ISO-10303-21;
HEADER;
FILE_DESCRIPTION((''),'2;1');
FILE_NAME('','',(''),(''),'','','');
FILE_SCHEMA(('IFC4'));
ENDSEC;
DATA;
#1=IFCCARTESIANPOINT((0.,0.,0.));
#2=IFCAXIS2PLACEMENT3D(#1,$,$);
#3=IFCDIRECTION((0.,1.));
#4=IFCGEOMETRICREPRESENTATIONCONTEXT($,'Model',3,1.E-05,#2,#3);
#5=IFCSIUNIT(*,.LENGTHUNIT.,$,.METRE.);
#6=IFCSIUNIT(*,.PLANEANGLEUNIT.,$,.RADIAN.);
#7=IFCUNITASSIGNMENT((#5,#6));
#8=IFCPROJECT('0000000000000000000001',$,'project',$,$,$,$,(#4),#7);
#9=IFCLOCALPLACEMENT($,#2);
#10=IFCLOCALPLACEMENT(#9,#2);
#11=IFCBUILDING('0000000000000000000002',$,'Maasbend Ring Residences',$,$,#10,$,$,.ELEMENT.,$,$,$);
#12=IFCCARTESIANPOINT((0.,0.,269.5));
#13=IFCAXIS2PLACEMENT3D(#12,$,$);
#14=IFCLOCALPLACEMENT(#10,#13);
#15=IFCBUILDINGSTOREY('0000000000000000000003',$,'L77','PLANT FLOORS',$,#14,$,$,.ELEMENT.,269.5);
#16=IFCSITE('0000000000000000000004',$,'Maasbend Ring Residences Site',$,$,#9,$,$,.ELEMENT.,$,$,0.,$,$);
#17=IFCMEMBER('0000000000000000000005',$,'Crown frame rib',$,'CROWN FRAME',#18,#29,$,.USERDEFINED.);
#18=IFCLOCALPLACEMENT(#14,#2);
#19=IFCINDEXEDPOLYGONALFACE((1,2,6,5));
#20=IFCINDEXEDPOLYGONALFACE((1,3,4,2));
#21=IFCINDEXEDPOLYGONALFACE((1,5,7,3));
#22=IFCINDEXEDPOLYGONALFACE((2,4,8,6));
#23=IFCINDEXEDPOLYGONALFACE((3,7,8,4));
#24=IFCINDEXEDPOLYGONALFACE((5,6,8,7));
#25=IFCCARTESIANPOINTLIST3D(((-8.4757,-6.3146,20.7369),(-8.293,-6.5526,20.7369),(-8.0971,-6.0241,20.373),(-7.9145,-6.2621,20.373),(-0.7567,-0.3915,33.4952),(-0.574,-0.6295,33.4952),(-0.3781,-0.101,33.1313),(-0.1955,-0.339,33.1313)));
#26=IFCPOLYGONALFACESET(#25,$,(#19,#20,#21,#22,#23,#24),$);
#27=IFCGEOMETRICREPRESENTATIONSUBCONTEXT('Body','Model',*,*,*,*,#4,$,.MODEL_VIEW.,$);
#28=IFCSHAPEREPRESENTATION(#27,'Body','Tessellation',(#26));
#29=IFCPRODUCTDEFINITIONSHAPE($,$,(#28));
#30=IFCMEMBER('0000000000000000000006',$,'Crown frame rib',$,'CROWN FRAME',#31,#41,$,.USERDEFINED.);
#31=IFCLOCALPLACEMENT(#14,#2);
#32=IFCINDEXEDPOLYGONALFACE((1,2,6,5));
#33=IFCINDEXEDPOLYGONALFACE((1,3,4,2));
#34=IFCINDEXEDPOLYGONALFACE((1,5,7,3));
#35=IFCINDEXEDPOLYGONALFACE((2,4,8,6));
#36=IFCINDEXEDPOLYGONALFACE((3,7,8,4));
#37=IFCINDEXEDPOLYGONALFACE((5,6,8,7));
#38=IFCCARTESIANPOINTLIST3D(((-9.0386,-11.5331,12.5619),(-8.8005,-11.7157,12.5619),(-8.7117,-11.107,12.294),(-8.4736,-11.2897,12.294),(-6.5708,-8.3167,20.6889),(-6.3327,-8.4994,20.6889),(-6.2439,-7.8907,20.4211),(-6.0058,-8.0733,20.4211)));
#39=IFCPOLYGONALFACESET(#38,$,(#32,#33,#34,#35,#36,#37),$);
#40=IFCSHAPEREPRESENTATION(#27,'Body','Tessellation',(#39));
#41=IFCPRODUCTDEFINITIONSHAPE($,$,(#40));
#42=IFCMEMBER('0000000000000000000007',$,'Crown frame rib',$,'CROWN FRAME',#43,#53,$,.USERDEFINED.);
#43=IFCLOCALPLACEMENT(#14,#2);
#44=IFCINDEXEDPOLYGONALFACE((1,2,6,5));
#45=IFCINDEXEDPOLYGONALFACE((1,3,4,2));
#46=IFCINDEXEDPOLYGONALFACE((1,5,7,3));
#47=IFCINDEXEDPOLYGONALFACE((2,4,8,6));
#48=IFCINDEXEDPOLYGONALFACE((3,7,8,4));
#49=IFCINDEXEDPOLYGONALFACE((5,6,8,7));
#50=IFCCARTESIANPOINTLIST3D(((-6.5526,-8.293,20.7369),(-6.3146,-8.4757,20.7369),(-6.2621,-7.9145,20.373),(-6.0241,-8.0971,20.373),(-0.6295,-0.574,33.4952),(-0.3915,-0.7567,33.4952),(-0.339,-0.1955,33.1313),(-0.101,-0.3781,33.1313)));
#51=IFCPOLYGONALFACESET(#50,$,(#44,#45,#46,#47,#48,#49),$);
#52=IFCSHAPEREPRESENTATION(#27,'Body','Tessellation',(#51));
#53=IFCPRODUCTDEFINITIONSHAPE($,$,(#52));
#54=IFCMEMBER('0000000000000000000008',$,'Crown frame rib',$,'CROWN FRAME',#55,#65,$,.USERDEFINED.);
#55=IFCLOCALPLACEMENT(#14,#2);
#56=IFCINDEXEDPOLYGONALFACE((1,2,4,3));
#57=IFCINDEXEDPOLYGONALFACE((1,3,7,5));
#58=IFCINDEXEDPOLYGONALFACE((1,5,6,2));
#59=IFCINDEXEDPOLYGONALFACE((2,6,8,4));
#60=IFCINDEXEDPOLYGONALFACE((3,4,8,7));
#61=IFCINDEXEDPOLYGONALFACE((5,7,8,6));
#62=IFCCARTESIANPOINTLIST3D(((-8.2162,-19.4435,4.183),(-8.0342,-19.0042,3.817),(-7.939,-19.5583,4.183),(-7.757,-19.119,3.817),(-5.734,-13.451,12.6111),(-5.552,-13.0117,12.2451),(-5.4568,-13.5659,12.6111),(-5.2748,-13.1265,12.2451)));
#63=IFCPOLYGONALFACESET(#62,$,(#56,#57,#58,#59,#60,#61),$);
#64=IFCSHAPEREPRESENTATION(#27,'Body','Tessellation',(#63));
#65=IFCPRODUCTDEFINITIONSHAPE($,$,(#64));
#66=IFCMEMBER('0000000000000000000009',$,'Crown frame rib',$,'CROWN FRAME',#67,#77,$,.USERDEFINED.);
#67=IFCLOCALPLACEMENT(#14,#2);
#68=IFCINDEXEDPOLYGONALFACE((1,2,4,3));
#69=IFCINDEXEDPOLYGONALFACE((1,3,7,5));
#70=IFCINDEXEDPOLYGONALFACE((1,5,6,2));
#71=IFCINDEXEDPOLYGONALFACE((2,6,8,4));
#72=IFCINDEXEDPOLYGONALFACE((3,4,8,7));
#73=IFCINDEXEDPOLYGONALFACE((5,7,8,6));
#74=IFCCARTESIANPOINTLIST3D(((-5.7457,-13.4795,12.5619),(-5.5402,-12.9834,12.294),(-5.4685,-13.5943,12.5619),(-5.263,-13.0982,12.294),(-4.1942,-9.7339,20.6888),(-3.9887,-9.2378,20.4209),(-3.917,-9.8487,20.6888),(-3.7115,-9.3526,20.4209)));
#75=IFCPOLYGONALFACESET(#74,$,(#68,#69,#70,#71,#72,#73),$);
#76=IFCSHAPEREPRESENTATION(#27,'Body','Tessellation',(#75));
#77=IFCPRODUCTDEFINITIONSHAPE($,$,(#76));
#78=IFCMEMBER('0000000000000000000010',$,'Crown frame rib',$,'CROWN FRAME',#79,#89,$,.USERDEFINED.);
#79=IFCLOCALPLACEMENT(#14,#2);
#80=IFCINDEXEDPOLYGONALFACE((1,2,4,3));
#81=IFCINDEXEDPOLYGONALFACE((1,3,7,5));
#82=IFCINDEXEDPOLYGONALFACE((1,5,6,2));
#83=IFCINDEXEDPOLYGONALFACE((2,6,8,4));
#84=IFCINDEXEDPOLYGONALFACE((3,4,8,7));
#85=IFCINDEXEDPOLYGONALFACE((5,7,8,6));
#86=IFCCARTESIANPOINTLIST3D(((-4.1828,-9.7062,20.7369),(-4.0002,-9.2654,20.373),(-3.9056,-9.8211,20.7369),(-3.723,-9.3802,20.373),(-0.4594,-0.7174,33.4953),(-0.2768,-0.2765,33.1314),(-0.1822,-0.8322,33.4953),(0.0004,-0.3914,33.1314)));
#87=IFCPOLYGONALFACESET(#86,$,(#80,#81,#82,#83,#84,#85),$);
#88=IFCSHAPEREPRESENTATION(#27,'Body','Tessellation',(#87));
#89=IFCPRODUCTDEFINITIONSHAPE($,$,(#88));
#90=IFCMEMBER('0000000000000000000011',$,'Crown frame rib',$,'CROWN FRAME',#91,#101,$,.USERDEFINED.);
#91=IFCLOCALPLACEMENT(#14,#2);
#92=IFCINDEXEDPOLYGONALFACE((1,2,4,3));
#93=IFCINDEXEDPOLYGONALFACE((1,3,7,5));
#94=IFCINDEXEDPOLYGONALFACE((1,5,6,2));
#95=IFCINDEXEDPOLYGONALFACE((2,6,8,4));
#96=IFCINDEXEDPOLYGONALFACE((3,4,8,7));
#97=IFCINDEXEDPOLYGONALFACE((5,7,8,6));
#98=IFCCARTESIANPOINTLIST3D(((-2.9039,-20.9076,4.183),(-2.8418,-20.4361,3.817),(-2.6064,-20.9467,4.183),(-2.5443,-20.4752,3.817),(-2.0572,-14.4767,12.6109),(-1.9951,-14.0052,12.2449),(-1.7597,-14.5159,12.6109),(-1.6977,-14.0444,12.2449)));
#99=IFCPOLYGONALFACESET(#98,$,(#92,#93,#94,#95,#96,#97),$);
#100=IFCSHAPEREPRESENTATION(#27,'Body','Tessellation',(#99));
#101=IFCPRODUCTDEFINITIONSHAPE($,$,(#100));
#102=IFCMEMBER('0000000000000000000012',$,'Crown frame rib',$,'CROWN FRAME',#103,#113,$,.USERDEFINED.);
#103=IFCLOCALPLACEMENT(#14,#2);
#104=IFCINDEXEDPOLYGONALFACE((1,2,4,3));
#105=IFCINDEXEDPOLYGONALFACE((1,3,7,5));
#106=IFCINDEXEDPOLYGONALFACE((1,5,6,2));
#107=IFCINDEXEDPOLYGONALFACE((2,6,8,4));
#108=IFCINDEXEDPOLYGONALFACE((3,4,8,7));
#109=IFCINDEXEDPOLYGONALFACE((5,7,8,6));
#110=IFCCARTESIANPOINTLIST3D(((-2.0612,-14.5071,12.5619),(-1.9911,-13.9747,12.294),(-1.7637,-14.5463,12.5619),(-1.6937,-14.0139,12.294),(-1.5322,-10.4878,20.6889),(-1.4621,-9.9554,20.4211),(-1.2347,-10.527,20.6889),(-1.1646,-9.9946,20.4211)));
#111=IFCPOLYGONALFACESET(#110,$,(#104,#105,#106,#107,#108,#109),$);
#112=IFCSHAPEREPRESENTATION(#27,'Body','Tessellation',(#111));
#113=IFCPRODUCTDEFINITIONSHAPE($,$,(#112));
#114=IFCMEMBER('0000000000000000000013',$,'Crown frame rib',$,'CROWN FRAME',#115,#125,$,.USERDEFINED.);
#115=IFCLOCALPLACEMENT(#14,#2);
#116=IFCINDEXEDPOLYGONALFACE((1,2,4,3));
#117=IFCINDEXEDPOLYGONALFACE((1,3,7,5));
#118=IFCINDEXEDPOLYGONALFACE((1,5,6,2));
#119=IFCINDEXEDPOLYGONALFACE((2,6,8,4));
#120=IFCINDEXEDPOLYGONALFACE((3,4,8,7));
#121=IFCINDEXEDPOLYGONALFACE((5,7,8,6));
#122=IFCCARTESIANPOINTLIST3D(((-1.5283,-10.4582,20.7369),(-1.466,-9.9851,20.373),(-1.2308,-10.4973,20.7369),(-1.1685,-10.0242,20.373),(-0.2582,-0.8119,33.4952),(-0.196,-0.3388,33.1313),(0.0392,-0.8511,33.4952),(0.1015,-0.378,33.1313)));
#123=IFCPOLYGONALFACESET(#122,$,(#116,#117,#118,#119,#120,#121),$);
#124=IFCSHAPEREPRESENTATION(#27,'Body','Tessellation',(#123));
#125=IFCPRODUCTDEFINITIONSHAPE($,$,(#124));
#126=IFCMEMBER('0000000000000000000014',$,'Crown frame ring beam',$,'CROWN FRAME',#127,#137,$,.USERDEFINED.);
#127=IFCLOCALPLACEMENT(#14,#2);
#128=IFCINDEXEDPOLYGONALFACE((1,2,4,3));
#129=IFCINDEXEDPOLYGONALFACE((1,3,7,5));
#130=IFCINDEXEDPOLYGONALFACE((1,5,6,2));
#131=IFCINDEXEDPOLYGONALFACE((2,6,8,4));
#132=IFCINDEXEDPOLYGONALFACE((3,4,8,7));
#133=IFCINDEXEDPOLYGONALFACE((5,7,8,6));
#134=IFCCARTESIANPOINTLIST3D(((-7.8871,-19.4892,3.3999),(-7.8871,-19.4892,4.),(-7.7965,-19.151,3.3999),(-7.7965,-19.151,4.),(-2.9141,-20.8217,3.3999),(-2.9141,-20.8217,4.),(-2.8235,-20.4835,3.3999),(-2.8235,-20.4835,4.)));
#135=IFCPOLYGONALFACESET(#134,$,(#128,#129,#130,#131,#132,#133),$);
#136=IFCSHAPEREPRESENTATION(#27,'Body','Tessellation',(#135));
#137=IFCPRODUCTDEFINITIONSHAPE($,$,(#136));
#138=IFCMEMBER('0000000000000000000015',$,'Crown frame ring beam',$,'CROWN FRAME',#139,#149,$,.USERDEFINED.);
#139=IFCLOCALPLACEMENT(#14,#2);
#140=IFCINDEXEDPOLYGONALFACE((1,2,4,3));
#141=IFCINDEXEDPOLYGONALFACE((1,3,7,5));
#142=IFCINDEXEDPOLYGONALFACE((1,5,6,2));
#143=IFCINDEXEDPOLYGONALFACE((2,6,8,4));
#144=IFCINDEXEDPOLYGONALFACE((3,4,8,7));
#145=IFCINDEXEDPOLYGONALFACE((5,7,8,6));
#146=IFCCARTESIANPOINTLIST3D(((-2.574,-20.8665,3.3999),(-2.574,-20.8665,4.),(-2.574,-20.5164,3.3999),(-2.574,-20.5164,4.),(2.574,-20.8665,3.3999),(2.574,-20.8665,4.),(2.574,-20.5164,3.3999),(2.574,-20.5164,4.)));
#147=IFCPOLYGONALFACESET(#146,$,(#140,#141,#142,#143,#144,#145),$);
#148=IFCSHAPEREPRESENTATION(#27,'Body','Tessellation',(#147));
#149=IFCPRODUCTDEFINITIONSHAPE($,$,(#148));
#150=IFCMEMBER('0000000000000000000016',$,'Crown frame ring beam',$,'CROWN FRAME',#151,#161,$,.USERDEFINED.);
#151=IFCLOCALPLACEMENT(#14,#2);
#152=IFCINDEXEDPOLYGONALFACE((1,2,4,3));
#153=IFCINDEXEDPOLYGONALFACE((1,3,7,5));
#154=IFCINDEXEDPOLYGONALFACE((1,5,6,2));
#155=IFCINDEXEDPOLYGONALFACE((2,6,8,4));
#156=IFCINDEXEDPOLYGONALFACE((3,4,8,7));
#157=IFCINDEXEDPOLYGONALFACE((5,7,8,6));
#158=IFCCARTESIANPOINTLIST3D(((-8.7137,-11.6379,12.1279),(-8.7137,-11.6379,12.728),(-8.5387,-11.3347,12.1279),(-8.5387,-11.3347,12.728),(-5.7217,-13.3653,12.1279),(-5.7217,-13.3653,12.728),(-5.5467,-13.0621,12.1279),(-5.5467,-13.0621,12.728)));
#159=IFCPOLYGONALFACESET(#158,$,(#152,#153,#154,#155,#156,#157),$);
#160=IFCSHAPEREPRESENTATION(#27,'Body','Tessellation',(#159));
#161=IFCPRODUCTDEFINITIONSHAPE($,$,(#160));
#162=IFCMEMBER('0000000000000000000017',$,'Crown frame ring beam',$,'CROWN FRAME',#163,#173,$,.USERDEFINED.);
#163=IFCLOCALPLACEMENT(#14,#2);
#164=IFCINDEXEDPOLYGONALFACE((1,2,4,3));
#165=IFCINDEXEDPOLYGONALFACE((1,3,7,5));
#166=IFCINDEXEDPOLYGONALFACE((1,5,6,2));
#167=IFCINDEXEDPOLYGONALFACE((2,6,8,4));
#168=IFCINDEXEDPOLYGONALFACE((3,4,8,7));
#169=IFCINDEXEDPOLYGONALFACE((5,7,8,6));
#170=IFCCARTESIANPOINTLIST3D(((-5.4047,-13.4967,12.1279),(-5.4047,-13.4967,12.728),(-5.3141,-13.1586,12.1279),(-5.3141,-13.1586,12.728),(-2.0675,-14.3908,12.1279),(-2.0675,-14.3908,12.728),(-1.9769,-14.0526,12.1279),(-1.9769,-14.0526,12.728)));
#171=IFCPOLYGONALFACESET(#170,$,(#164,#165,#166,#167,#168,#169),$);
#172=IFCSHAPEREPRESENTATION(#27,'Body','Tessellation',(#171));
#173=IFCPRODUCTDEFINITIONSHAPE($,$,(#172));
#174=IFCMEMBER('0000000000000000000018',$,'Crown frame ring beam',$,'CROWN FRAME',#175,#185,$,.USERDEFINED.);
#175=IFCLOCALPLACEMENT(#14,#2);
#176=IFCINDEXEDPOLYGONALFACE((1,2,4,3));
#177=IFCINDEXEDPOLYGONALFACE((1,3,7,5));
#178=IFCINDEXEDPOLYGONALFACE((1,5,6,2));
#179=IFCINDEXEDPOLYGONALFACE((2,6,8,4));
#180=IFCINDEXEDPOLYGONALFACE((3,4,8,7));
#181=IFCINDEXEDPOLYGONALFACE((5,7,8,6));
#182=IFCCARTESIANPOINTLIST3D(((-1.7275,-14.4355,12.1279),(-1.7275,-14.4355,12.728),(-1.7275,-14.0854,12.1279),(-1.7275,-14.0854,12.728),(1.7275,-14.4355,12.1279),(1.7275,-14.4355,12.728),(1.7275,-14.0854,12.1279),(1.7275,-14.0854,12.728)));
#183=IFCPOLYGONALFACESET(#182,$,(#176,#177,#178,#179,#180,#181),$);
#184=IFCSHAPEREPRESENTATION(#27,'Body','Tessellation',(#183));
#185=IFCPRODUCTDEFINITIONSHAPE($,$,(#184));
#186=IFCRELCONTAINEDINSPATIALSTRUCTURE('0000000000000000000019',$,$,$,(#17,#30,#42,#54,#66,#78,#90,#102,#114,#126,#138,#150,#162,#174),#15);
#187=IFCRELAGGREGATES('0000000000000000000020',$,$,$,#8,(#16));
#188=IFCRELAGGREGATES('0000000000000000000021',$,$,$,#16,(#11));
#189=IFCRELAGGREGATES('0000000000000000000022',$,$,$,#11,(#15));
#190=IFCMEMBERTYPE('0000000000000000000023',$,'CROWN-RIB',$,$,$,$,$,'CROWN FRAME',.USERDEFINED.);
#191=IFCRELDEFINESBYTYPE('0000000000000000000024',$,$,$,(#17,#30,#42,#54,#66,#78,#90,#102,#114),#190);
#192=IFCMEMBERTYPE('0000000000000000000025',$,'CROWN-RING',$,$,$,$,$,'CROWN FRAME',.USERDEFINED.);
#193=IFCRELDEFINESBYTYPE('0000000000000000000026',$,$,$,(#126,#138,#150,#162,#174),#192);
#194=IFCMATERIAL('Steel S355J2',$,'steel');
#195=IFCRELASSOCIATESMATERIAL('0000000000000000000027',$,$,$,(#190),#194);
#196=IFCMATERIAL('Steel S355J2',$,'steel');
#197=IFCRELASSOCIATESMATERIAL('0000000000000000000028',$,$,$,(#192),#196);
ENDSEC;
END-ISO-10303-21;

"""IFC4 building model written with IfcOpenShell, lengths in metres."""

from ifc_helpers import new_model, si_unit, direction, frame, origin, origin_2d, place, context, subcontext, project, spatial, rectangle, extrude, material, material_profile, profile_set, type_object, element, save


model = new_model("IFC4")

# Units and contexts
model_context = context("Model", 3, precision=1e-05, world=origin(), true_north=direction((0.0, 1.0)))
body_context = subcontext(model_context, "Body", "Model", "MODEL_VIEW")
ifc_project = project(units=[si_unit("LENGTHUNIT", "METRE"), si_unit("PLANEANGLEUNIT", "RADIAN")], contexts=[model_context])

# Site, building, storey
site_placement = place(None, origin())
site = spatial("IfcSite", under=ifc_project, at=site_placement, Name="Maasbend Ring Residences Site", CompositionType="ELEMENT", RefElevation=0.0)
building_placement = place(site_placement, origin())
building = spatial("IfcBuilding", under=site, at=building_placement, Name="Maasbend Ring Residences", CompositionType="ELEMENT")
storey_placement = place(building_placement, frame((0.0, 0.0, 269.5)))
storey = spatial("IfcBuildingStorey", under=building, at=storey_placement, Name="L77", Description="PLANT FLOORS", CompositionType="ELEMENT", Elevation=269.5)

# Members
ifc_material_1 = material(Name="Steel S355J2", Category="steel")
ifc_material_profile_1 = material_profile(ifc_material_1, rectangle(XDim=0.3, YDim=0.6001, at=origin_2d()), Name="Box 300x600x12")
ifc_profile_set_1 = profile_set([ifc_material_profile_1], Name="Steel S355J2")
member_type_1 = type_object("IfcMemberType", Name="CROWN-RIB", ElementType="CROWN FRAME", PredefinedType="USERDEFINED", material=ifc_profile_set_1)
member_1_placement = place(storey_placement, frame((-8.1951, -6.2883, 20.5549), z_axis=(0.481086, 0.369157, 0.79516), x_axis=(-0.608768, 0.793348, 0.0)))
element("IfcMember", 1, at=member_1_placement, inside=storey, type_object=member_type_1, Name="Crown frame rib", ObjectType="CROWN FRAME", PredefinedType="USERDEFINED", context=body_context, shape_type="SweptSolid", body=[
    extrude(rectangle(XDim=0.3, YDim=0.6001, at=origin_2d()), origin(), (0.0, 0.0, 1.0), 16.0449),
])
member_2_placement = place(storey_placement, frame((-8.7561, -11.4114, 12.428), z_axis=(0.271723, 0.354143, 0.894846), x_axis=(-0.793376, 0.608732, 0.0)))
element("IfcMember", 2, at=member_2_placement, inside=storey, type_object=member_type_1, Name="Crown frame rib", ObjectType="CROWN FRAME", PredefinedType="USERDEFINED", context=body_context, shape_type="SweptSolid", body=[
    extrude(rectangle(XDim=0.3, YDim=0.6001, at=origin_2d()), origin(), (0.0, 0.0, 1.0), 9.082),
])
member_3_placement = place(storey_placement, frame((-6.2883, -8.1951, 20.5549), z_axis=(0.369157, 0.481086, 0.79516), x_axis=(-0.793348, 0.608768, 0.0)))
element("IfcMember", 3, at=member_3_placement, inside=storey, type_object=member_type_1, Name="Crown frame rib", ObjectType="CROWN FRAME", PredefinedType="USERDEFINED", context=body_context, shape_type="SweptSolid", body=[
    extrude(rectangle(XDim=0.3, YDim=0.6001, at=origin_2d()), origin(), (0.0, 0.0, 1.0), 16.0449),
])
member_4_placement = place(storey_placement, frame((-7.9866, -19.2812, 4.0), z_axis=(0.233399, 0.563468, 0.792483), x_axis=(-0.923878, 0.382688, 0.0)))
element("IfcMember", 4, at=member_4_placement, inside=storey, type_object=member_type_1, Name="Crown frame rib", ObjectType="CROWN FRAME", PredefinedType="USERDEFINED", context=body_context, shape_type="SweptSolid", body=[
    extrude(rectangle(XDim=0.3, YDim=0.6001, at=origin_2d()), origin(), (0.0, 0.0, 1.0), 10.635),
])
member_5_placement = place(storey_placement, frame((-5.5044, -13.2888, 12.428), z_axis=(0.170832, 0.412417, 0.894834), x_axis=(-0.923877, 0.38269, 0.0)))
element("IfcMember", 5, at=member_5_placement, inside=storey, type_object=member_type_1, Name="Crown frame rib", ObjectType="CROWN FRAME", PredefinedType="USERDEFINED", context=body_context, shape_type="SweptSolid", body=[
    extrude(rectangle(XDim=0.3, YDim=0.6001, at=origin_2d()), origin(), (0.0, 0.0, 1.0), 9.082),
])
member_6_placement = place(storey_placement, frame((-3.9529, -9.5432, 20.5549), z_axis=(0.232062, 0.560229, 0.795167), x_axis=(-0.923875, 0.382694, 0.0)))
element("IfcMember", 6, at=member_6_placement, inside=storey, type_object=member_type_1, Name="Crown frame rib", ObjectType="CROWN FRAME", PredefinedType="USERDEFINED", context=body_context, shape_type="SweptSolid", body=[
    extrude(rectangle(XDim=0.3, YDim=0.6001, at=origin_2d()), origin(), (0.0, 0.0, 1.0), 16.0449),
])
member_7_placement = place(storey_placement, frame((-2.7241, -20.6914, 4.0), z_axis=(0.079612, 0.60469, 0.792472), x_axis=(-0.991444, 0.130531, 0.0)))
element("IfcMember", 7, at=member_7_placement, inside=storey, type_object=member_type_1, Name="Crown frame rib", ObjectType="CROWN FRAME", PredefinedType="USERDEFINED", context=body_context, shape_type="SweptSolid", body=[
    extrude(rectangle(XDim=0.3, YDim=0.6001, at=origin_2d()), origin(), (0.0, 0.0, 1.0), 10.635),
])
member_8_placement = place(storey_placement, frame((-1.8774, -14.2605, 12.428), z_axis=(0.058253, 0.442557, 0.894846), x_axis=(-0.991448, 0.130503, 0.0)))
element("IfcMember", 8, at=member_8_placement, inside=storey, type_object=member_type_1, Name="Crown frame rib", ObjectType="CROWN FRAME", PredefinedType="USERDEFINED", context=body_context, shape_type="SweptSolid", body=[
    extrude(rectangle(XDim=0.3, YDim=0.6001, at=origin_2d()), origin(), (0.0, 0.0, 1.0), 9.082),
])
member_9_placement = place(storey_placement, frame((-1.3484, -10.2412, 20.5549), z_axis=(0.079154, 0.601205, 0.795165), x_axis=(-0.991444, 0.130533, 0.0)))
element("IfcMember", 9, at=member_9_placement, inside=storey, type_object=member_type_1, Name="Crown frame rib", ObjectType="CROWN FRAME", PredefinedType="USERDEFINED", context=body_context, shape_type="SweptSolid", body=[
    extrude(rectangle(XDim=0.3, YDim=0.6001, at=origin_2d()), origin(), (0.0, 0.0, 1.0), 16.0449),
])
ifc_material_2 = material(Name="Steel S355J2", Category="steel")
ifc_material_profile_2 = material_profile(ifc_material_2, rectangle(XDim=0.3501, YDim=0.6001, at=origin_2d()), Name="Box 350x600x16")
ifc_profile_set_2 = profile_set([ifc_material_profile_2], Name="Steel S355J2")
member_type_2 = type_object("IfcMemberType", Name="CROWN-RING", ElementType="CROWN FRAME", PredefinedType="USERDEFINED", material=ifc_profile_set_2)
member_10_placement = place(storey_placement, frame((-7.8418, -19.3201, 3.7), z_axis=(0.965924, -0.258825, 0.0), x_axis=(0.258825, 0.965924, 0.0)))
element("IfcMember", 10, at=member_10_placement, inside=storey, type_object=member_type_2, Name="Crown frame ring beam", ObjectType="CROWN FRAME", PredefinedType="USERDEFINED", context=body_context, shape_type="SweptSolid", body=[
    extrude(rectangle(XDim=0.3501, YDim=0.6001, at=origin_2d()), origin(), (0.0, 0.0, 1.0), 5.1484),
])
member_11_placement = place(storey_placement, frame((-2.574, -20.6914, 3.7), z_axis=(1.0, 0.0, 0.0), x_axis=(0.0, 1.0, 0.0)))
element("IfcMember", 11, at=member_11_placement, inside=storey, type_object=member_type_2, Name="Crown frame ring beam", ObjectType="CROWN FRAME", PredefinedType="USERDEFINED", context=body_context, shape_type="SweptSolid", body=[
    extrude(rectangle(XDim=0.3501, YDim=0.6001, at=origin_2d()), origin(), (0.0, 0.0, 1.0), 5.1479),
])
for number, where, z_axis, x_axis, name in (
    (12, (-8.6262, -11.4863, 12.428), (0.866038, -0.499977, 0.0), (0.499977, 0.866038, 0.0), "Crown frame ring beam"),
    (13, (-5.3594, -13.3276, 12.428), (0.965936, -0.25878, 0.0), (0.25878, 0.965936, 0.0), "Crown frame ring beam"),
):
    element("IfcMember", number, at=place(storey_placement, frame(where, z_axis=z_axis, x_axis=x_axis)), inside=storey, type_object=member_type_2, Name=name, ObjectType="CROWN FRAME", PredefinedType="USERDEFINED", context=body_context, shape_type="SweptSolid", body=[
        extrude(rectangle(XDim=0.3501, YDim=0.6001, at=origin_2d()), origin(), (0.0, 0.0, 1.0), 3.4548),
    ])
member_12_placement = place(storey_placement, frame((-1.7275, -14.2605, 12.428), z_axis=(1.0, 0.0, 0.0), x_axis=(0.0, 1.0, 0.0)))
element("IfcMember", 14, at=member_12_placement, inside=storey, type_object=member_type_2, Name="Crown frame ring beam", ObjectType="CROWN FRAME", PredefinedType="USERDEFINED", context=body_context, shape_type="SweptSolid", body=[
    extrude(rectangle(XDim=0.3501, YDim=0.6001, at=origin_2d()), origin(), (0.0, 0.0, 1.0), 3.4551),
])

save(model, "model.ifc")
